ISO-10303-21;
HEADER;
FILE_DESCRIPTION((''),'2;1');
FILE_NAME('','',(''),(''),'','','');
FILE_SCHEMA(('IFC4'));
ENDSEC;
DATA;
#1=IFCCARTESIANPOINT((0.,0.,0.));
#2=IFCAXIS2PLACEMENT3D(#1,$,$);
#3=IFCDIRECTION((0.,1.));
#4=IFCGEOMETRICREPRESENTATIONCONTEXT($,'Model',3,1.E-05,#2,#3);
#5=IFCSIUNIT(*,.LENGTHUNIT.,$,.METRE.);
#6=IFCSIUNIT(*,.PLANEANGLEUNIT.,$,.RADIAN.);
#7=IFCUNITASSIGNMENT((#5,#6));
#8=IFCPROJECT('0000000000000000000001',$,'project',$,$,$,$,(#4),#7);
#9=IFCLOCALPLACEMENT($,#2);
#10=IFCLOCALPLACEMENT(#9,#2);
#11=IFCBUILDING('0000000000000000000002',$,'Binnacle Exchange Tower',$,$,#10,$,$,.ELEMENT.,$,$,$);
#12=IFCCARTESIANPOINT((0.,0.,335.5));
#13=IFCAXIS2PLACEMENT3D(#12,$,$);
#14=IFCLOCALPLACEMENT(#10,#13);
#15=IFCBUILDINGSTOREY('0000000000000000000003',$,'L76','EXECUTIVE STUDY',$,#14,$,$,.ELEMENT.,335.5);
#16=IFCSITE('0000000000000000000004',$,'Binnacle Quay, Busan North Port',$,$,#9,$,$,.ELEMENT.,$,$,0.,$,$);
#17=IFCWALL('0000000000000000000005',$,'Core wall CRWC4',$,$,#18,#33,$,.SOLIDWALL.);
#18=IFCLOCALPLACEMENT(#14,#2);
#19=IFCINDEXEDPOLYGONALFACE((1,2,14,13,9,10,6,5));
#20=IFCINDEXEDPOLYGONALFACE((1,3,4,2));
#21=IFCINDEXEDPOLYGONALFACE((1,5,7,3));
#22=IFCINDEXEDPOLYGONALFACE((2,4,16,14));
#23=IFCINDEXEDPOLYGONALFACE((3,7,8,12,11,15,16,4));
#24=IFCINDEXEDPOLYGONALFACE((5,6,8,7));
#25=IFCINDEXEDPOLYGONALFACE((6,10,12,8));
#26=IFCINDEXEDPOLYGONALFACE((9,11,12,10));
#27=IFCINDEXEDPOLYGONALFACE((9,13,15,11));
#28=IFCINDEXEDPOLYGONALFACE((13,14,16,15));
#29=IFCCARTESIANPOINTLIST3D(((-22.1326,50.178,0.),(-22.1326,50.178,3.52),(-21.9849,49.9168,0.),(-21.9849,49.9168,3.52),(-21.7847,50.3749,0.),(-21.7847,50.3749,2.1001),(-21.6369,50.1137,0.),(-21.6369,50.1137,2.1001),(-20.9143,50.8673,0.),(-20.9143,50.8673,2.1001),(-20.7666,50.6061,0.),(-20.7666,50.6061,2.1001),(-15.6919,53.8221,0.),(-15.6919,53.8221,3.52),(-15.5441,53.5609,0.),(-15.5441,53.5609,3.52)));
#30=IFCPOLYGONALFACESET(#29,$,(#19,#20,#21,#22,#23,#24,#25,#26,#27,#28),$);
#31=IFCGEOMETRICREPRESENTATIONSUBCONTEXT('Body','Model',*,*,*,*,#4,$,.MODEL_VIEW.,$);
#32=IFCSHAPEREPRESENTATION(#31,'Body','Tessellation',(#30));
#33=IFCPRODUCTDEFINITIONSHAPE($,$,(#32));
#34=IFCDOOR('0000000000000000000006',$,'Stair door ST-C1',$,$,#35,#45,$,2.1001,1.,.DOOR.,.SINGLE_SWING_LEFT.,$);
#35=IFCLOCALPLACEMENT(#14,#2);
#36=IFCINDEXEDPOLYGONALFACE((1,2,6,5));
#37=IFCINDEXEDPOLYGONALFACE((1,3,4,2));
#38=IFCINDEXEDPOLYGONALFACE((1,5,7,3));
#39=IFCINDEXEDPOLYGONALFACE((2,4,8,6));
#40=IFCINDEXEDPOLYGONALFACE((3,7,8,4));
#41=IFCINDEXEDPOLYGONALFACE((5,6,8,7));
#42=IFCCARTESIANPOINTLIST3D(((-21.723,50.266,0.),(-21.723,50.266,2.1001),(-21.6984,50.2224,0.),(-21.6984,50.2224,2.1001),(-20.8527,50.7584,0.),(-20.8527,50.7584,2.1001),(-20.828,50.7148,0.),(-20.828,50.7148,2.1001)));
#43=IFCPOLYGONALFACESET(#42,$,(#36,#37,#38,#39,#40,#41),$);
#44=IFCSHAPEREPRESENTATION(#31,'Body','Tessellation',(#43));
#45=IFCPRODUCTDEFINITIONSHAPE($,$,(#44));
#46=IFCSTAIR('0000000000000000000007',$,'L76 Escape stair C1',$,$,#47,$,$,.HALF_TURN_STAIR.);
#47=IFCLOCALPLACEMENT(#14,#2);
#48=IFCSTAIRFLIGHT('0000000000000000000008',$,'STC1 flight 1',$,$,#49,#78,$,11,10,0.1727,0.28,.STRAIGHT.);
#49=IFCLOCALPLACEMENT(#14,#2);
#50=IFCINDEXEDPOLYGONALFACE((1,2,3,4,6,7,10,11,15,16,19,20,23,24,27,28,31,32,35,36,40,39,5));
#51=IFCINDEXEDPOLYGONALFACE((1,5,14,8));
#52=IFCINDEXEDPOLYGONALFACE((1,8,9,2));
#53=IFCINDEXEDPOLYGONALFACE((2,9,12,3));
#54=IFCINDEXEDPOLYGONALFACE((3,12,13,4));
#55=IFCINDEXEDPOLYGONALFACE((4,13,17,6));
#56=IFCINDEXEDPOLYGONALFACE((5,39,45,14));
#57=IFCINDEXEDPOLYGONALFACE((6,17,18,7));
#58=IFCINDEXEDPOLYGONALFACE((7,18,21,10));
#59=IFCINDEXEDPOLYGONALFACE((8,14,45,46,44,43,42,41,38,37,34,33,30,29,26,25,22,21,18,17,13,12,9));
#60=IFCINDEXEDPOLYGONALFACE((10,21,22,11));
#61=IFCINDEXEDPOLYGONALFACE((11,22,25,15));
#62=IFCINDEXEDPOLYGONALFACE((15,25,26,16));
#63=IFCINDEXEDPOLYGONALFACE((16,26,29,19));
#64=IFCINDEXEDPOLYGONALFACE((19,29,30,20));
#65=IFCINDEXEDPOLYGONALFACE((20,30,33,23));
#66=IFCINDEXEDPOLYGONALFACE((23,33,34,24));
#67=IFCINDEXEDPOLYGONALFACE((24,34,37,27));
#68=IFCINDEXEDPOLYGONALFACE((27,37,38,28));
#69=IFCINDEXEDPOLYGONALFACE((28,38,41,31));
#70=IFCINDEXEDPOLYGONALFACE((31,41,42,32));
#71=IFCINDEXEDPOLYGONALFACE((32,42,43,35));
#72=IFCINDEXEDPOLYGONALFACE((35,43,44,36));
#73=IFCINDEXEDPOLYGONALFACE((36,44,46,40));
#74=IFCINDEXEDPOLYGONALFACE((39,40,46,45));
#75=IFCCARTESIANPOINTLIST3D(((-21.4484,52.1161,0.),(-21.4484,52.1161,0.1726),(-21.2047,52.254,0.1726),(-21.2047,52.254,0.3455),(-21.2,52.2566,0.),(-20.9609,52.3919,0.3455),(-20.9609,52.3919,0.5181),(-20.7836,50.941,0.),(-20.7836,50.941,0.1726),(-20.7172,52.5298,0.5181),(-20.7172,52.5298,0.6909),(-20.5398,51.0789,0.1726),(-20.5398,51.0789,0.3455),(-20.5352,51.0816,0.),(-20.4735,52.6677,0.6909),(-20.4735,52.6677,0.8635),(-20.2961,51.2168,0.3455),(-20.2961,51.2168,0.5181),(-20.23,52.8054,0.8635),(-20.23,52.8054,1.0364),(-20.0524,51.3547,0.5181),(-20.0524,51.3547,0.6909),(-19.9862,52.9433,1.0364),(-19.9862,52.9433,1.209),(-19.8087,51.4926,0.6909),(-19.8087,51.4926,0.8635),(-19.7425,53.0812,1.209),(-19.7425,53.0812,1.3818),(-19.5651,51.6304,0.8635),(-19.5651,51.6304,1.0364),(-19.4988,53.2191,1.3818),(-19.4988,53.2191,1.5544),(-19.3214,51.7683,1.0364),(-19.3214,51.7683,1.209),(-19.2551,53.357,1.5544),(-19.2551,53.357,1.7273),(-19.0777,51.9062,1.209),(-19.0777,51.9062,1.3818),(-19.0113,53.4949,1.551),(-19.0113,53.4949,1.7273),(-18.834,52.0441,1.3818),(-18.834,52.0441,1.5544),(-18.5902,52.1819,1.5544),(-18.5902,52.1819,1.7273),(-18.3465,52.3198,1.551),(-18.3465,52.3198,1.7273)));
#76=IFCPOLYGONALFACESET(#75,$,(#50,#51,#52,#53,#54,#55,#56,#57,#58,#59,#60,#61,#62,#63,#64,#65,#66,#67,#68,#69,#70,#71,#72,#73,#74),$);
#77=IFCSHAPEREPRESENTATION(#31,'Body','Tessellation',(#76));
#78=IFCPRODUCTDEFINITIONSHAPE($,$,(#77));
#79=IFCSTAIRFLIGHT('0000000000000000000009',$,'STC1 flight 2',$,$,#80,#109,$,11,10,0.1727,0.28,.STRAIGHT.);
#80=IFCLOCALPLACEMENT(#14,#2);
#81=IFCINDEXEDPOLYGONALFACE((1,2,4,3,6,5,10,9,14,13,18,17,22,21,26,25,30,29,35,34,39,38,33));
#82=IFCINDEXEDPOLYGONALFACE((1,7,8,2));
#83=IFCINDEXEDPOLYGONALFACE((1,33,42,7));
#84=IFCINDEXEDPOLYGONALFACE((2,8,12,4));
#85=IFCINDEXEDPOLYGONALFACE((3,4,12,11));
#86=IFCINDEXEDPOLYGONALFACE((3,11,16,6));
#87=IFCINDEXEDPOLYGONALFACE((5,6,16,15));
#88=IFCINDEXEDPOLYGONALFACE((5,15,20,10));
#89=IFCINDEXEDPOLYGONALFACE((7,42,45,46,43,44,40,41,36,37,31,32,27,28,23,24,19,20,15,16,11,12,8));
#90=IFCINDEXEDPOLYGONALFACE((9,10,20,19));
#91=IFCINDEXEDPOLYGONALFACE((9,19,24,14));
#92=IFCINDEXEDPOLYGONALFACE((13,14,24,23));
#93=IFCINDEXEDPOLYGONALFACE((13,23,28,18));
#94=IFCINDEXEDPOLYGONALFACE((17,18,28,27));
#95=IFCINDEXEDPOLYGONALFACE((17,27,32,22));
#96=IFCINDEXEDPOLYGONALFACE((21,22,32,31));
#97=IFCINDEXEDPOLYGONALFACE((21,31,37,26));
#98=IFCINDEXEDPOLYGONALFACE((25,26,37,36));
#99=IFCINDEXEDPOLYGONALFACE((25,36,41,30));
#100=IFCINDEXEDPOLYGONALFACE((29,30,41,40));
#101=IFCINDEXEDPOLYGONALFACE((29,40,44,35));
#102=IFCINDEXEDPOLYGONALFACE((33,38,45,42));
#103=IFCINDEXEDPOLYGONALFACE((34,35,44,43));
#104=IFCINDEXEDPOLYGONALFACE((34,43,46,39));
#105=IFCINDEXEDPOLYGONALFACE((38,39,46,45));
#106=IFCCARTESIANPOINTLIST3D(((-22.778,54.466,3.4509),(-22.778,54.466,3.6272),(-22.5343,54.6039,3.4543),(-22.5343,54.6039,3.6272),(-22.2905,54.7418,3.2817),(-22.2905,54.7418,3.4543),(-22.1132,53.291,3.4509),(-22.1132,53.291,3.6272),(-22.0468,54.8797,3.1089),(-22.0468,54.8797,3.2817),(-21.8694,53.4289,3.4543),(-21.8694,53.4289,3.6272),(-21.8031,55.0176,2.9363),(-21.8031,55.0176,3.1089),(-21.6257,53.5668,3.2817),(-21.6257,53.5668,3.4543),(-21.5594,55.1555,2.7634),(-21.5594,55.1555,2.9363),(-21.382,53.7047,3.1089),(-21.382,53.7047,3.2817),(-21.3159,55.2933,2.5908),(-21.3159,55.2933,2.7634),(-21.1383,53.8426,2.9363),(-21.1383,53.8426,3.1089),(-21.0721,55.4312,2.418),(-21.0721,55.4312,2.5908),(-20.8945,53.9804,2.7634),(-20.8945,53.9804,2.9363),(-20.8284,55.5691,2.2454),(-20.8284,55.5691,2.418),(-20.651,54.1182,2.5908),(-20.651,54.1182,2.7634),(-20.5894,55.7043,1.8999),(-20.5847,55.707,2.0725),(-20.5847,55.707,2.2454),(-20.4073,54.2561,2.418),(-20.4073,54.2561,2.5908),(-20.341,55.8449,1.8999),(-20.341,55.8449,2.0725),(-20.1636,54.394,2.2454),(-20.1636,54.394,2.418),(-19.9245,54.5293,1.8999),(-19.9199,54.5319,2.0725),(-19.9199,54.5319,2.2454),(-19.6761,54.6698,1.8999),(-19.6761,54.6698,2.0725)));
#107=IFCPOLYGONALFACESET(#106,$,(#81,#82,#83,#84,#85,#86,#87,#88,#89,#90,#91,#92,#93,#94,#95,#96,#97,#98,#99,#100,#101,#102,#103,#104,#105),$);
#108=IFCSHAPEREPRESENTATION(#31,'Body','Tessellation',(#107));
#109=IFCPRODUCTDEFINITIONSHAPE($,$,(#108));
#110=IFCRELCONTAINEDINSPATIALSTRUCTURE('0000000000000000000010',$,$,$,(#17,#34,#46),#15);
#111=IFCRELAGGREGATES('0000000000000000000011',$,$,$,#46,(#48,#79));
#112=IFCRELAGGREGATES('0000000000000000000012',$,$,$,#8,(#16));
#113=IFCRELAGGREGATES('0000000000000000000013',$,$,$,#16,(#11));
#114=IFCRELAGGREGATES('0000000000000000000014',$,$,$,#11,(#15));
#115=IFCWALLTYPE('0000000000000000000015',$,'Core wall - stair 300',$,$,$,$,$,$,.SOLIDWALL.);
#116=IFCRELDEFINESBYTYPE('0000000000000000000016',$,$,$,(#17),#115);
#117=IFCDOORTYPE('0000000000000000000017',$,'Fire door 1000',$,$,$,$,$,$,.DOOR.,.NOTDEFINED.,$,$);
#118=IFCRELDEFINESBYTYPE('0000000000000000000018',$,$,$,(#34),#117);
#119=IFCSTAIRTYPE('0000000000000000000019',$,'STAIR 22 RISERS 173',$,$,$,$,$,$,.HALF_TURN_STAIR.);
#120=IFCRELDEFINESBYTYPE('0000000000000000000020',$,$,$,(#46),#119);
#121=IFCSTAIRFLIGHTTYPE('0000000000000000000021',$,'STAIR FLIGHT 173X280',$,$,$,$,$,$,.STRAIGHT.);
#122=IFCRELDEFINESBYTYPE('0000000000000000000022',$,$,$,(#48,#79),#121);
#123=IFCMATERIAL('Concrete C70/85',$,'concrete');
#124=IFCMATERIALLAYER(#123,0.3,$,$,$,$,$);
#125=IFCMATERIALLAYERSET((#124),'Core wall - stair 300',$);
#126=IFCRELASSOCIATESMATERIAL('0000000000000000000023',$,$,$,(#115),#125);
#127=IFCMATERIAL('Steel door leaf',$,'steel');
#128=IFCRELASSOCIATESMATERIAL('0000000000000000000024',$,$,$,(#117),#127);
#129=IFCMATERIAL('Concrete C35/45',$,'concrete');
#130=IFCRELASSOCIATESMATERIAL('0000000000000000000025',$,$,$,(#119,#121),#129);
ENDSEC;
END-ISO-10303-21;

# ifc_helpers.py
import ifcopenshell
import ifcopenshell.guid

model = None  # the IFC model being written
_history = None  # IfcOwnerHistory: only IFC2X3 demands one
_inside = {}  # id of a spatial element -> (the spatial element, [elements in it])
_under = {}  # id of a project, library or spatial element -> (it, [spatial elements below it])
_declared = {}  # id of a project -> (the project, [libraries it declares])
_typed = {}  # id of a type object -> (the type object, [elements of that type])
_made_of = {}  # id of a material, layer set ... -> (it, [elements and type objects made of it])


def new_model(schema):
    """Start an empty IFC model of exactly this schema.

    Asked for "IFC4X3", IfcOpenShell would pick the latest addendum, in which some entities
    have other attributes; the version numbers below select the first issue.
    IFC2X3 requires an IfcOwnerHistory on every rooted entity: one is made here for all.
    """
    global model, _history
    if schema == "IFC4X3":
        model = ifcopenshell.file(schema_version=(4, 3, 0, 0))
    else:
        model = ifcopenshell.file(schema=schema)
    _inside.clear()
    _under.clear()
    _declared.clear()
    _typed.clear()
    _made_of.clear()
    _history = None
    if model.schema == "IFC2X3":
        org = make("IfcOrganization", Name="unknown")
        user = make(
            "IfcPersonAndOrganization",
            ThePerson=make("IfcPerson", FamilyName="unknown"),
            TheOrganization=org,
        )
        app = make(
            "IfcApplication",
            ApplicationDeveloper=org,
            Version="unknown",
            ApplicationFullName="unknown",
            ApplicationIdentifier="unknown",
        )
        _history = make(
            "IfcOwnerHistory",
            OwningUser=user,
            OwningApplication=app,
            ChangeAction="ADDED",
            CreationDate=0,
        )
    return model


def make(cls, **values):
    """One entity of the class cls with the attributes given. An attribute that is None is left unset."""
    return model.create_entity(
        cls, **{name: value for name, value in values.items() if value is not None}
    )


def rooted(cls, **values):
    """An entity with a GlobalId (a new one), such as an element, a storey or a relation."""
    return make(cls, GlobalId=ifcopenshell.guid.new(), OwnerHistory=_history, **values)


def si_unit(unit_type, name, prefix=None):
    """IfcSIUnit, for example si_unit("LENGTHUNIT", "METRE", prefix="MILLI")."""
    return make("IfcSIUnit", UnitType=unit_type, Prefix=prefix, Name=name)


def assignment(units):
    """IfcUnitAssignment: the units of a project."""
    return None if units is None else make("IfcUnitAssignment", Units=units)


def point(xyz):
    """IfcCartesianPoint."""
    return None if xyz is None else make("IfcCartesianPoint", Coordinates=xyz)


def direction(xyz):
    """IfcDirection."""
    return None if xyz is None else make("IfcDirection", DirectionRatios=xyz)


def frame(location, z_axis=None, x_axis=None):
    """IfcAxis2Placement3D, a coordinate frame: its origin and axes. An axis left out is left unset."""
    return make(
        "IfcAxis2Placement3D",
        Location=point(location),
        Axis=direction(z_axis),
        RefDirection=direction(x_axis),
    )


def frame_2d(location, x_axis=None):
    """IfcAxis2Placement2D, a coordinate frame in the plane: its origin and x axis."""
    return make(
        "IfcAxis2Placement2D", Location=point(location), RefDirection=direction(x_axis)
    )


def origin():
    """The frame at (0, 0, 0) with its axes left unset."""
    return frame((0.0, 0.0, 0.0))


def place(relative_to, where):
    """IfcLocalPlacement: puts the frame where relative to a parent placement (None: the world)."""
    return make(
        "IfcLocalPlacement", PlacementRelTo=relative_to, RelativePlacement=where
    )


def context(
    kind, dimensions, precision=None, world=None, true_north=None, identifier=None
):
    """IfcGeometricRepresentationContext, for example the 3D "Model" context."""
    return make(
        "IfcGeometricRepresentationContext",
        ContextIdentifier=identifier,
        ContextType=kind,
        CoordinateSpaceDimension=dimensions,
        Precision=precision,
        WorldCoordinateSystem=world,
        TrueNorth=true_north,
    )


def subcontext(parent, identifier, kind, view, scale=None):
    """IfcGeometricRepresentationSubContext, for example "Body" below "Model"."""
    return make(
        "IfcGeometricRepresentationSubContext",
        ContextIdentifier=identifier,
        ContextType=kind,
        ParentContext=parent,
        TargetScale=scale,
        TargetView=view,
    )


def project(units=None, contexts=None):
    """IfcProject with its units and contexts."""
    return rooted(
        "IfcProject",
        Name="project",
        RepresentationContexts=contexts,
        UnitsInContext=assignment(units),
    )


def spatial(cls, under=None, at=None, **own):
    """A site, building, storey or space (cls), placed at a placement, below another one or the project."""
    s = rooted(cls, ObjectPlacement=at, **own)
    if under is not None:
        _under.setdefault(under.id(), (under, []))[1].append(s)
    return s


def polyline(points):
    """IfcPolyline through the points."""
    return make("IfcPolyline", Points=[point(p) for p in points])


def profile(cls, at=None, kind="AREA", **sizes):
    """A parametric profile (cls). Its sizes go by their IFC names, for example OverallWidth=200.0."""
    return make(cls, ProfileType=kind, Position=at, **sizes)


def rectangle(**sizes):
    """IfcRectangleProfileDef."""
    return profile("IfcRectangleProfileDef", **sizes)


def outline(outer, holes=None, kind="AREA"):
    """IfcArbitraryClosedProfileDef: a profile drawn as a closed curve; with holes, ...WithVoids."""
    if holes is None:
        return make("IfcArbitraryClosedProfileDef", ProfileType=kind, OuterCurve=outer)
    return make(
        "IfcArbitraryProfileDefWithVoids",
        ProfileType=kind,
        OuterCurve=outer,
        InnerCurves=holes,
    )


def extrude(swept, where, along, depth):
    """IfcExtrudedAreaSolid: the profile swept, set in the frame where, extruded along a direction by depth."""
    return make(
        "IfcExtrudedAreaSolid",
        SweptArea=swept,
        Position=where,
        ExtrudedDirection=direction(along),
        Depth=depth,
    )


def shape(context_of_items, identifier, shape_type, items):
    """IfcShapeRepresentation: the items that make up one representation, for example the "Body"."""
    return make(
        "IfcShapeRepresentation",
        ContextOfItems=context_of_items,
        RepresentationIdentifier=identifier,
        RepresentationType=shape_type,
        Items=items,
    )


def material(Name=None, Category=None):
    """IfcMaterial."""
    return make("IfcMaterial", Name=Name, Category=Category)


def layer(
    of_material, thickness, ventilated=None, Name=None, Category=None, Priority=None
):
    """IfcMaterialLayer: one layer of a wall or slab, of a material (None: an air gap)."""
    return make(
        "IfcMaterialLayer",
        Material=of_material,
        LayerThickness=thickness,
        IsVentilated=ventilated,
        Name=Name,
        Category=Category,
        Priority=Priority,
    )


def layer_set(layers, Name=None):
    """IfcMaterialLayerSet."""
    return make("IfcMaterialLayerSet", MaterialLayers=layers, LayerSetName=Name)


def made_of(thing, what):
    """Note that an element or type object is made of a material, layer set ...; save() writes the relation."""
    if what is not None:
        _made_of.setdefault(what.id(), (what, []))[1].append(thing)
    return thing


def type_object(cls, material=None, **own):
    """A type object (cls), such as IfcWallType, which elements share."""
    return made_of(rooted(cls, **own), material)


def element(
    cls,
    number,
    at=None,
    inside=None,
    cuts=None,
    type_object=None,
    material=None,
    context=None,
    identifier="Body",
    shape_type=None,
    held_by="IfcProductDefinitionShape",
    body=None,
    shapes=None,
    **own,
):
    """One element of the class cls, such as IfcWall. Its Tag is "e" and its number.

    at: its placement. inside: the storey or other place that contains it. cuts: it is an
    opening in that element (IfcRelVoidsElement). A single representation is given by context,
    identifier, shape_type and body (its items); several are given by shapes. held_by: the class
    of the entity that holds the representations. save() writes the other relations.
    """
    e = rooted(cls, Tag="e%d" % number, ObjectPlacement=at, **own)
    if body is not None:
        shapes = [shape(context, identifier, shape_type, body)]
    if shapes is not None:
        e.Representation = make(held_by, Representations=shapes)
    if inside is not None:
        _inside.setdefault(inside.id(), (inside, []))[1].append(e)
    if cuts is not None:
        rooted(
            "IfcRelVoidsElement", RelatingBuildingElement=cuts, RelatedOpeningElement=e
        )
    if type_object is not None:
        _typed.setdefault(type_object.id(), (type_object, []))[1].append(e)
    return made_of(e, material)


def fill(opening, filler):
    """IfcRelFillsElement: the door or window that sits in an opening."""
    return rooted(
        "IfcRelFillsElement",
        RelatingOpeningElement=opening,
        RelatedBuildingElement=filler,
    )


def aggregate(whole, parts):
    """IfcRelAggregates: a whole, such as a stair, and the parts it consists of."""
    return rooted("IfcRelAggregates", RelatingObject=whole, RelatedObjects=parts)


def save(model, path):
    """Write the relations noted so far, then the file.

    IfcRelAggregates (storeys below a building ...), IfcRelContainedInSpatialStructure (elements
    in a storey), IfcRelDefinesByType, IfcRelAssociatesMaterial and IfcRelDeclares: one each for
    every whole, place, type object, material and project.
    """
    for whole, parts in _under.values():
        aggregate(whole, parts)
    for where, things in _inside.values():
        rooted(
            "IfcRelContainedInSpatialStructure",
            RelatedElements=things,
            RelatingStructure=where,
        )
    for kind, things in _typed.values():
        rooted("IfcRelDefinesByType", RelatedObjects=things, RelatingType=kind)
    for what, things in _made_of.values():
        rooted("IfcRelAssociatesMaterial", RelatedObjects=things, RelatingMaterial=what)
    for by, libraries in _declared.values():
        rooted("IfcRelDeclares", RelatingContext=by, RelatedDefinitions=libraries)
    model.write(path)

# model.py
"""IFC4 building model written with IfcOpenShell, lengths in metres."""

from ifc_helpers import new_model, si_unit, direction, frame, frame_2d, origin, place, context, subcontext, project, spatial, polyline, rectangle, outline, extrude, material, layer, layer_set, type_object, element, fill, aggregate, save


model = new_model("IFC4")

# Units and contexts
model_context = context("Model", 3, precision=1e-05, world=origin(), true_north=direction((0.0, 1.0)))
body_context = subcontext(model_context, "Body", "Model", "MODEL_VIEW")
ifc_project = project(units=[si_unit("LENGTHUNIT", "METRE"), si_unit("PLANEANGLEUNIT", "RADIAN")], contexts=[model_context])

# Site, building, storey
site_placement = place(None, origin())
site = spatial("IfcSite", under=ifc_project, at=site_placement, Name="Binnacle Quay, Busan North Port", CompositionType="ELEMENT", RefElevation=0.0)
building_placement = place(site_placement, origin())
building = spatial("IfcBuilding", under=site, at=building_placement, Name="Binnacle Exchange Tower", CompositionType="ELEMENT")
storey_placement = place(building_placement, frame((0.0, 0.0, 335.5)))
storey = spatial("IfcBuildingStorey", under=building, at=storey_placement, Name="L76", Description="EXECUTIVE STUDY", CompositionType="ELEMENT", Elevation=335.5)

# Shared definitions
ifc_material_1 = material(Name="Concrete C70/85", Category="concrete")

# Wall, opening, door
ifc_layer_1 = layer(ifc_material_1, 0.3)
ifc_layer_set_1 = layer_set([ifc_layer_1], Name="Core wall - stair 300")
wall_type_1 = type_object("IfcWallType", Name="Core wall - stair 300", PredefinedType="SOLIDWALL", material=ifc_layer_set_1)
wall_1_placement = place(storey_placement, frame((-22.0588, 50.0474, 0.0), z_axis=(0.0, 0.0, 1.0), x_axis=(0.870351, 0.492432, 0.0)))
wall_1 = element("IfcWall", 1, at=wall_1_placement, inside=storey, type_object=wall_type_1, Name="Core wall CRWC4", PredefinedType="SOLIDWALL", context=body_context, shape_type="SweptSolid", body=[
    extrude(rectangle(XDim=7.4001, YDim=0.3, at=frame_2d((3.7002, 0.0))), origin(), (0.0, 0.0, 1.0), 3.52),
])
opening_placement = place(wall_1_placement, frame((0.3999, 0.0, 0.0)))
opening = element("IfcOpeningElement", 2, at=opening_placement, cuts=wall_1, PredefinedType="OPENING", context=body_context, shape_type="SweptSolid", body=[
    extrude(rectangle(XDim=1.0, YDim=2.1001, at=frame_2d((0.5, 1.05))), frame((0.0, 0.1599, 0.0), z_axis=(0.0, -1.0, 0.0), x_axis=(1.0, 0.0, 0.0)), (0.0, 0.0, 1.0), 0.3201),
])
ifc_material_2 = material(Name="Steel door leaf", Category="steel")
door_type = type_object("IfcDoorType", Name="Fire door 1000", OperationType="NOTDEFINED", PredefinedType="DOOR", material=ifc_material_2)
door_placement = place(opening_placement, origin())
door = element("IfcDoor", 3, at=door_placement, inside=storey, type_object=door_type, Name="Stair door ST-C1", OperationType="SINGLE_SWING_LEFT", OverallHeight=2.1001, OverallWidth=1.0, PredefinedType="DOOR", context=body_context, shape_type="SweptSolid", body=[
    extrude(rectangle(XDim=1.0, YDim=2.1001, at=frame_2d((0.5, 1.05))), frame((0.0, 0.0249, 0.0), z_axis=(0.0, -1.0, 0.0), x_axis=(1.0, 0.0, 0.0)), (0.0, 0.0, 1.0), 0.05),
])
fill(opening, door)

# Stair, stair flights
ifc_material_3 = material(Name="Concrete C35/45", Category="concrete")
stair_type = type_object("IfcStairType", Name="STAIR 22 RISERS 173", PredefinedType="HALF_TURN_STAIR", material=ifc_material_3)
stair_placement = place(storey_placement, origin())
stair = element("IfcStair", 4, at=stair_placement, inside=storey, type_object=stair_type, Name="L76 Escape stair C1", PredefinedType="HALF_TURN_STAIR")
stair_flight_type = type_object("IfcStairFlightType", Name="STAIR FLIGHT 173X280", PredefinedType="STRAIGHT", material=ifc_material_3)
stair_flight_1_placement = place(storey_placement, frame((-21.116, 51.5286, 0.0), z_axis=(0.0, 0.0, 1.0), x_axis=(0.870356, 0.492424, 0.0)))
stair_flight_1 = element("IfcStairFlight", 5, at=stair_flight_1_placement, type_object=stair_flight_type, Name="STC1 flight 1", NumberOfRisers=11, NumberOfTreads=10, PredefinedType="STRAIGHT", RiserHeight=0.1727, TreadLength=0.28, context=body_context, shape_type="SweptSolid", body=[
    extrude(outline(polyline([(0.0, 0.0), (0.0, 0.1726), (0.28, 0.1726), (0.28, 0.3455), (0.5601, 0.3455), (0.5601, 0.5181), (0.8401, 0.5181), (0.8401, 0.6909), (1.1201, 0.6909), (1.1201, 0.8635), (1.3999, 0.8635), (1.3999, 1.0364), (1.6799, 1.0364), (1.6799, 1.209), (1.96, 1.209), (1.96, 1.3818), (2.24, 1.3818), (2.24, 1.5544), (2.52, 1.5544), (2.52, 1.7273), (2.8, 1.7273), (2.8, 1.8999), (2.8, 1.551), (0.2854, 0.0), (0.0, 0.0)])), frame((0.0, 0.675, 0.0), z_axis=(0.0, -1.0, 0.0), x_axis=(1.0, 0.0, 0.0)), (0.0, 0.0, 1.0), 1.3501),
])
stair_flight_2_placement = place(storey_placement, frame((-20.0085, 55.2573, 1.8999), z_axis=(0.0, 0.0, 1.0), x_axis=(-0.870356, -0.492424, 0.0)))
stair_flight_2 = element("IfcStairFlight", 6, at=stair_flight_2_placement, type_object=stair_flight_type, Name="STC1 flight 2", NumberOfRisers=11, NumberOfTreads=10, PredefinedType="STRAIGHT", RiserHeight=0.1727, TreadLength=0.28, context=body_context, shape_type="SweptSolid", body=[
    extrude(outline(polyline([(0.0, 0.0), (0.0, 0.1726), (0.28, 0.1726), (0.28, 0.3455), (0.5601, 0.3455), (0.5601, 0.5181), (0.8401, 0.5181), (0.8401, 0.6909), (1.1201, 0.6909), (1.1201, 0.8635), (1.3999, 0.8635), (1.3999, 1.0364), (1.6799, 1.0364), (1.6799, 1.209), (1.96, 1.209), (1.96, 1.3818), (2.24, 1.3818), (2.24, 1.5544), (2.52, 1.5544), (2.52, 1.7273), (2.8, 1.7273), (2.8, 1.8999), (2.8, 1.551), (0.2854, 0.0), (0.0, 0.0)])), frame((0.0, 0.675, 0.0), z_axis=(0.0, -1.0, 0.0), x_axis=(1.0, 0.0, 0.0)), (0.0, 0.0, 1.0), 1.3501),
])
aggregate(stair, [stair_flight_1, stair_flight_2])

save(model, "model.ifc")
